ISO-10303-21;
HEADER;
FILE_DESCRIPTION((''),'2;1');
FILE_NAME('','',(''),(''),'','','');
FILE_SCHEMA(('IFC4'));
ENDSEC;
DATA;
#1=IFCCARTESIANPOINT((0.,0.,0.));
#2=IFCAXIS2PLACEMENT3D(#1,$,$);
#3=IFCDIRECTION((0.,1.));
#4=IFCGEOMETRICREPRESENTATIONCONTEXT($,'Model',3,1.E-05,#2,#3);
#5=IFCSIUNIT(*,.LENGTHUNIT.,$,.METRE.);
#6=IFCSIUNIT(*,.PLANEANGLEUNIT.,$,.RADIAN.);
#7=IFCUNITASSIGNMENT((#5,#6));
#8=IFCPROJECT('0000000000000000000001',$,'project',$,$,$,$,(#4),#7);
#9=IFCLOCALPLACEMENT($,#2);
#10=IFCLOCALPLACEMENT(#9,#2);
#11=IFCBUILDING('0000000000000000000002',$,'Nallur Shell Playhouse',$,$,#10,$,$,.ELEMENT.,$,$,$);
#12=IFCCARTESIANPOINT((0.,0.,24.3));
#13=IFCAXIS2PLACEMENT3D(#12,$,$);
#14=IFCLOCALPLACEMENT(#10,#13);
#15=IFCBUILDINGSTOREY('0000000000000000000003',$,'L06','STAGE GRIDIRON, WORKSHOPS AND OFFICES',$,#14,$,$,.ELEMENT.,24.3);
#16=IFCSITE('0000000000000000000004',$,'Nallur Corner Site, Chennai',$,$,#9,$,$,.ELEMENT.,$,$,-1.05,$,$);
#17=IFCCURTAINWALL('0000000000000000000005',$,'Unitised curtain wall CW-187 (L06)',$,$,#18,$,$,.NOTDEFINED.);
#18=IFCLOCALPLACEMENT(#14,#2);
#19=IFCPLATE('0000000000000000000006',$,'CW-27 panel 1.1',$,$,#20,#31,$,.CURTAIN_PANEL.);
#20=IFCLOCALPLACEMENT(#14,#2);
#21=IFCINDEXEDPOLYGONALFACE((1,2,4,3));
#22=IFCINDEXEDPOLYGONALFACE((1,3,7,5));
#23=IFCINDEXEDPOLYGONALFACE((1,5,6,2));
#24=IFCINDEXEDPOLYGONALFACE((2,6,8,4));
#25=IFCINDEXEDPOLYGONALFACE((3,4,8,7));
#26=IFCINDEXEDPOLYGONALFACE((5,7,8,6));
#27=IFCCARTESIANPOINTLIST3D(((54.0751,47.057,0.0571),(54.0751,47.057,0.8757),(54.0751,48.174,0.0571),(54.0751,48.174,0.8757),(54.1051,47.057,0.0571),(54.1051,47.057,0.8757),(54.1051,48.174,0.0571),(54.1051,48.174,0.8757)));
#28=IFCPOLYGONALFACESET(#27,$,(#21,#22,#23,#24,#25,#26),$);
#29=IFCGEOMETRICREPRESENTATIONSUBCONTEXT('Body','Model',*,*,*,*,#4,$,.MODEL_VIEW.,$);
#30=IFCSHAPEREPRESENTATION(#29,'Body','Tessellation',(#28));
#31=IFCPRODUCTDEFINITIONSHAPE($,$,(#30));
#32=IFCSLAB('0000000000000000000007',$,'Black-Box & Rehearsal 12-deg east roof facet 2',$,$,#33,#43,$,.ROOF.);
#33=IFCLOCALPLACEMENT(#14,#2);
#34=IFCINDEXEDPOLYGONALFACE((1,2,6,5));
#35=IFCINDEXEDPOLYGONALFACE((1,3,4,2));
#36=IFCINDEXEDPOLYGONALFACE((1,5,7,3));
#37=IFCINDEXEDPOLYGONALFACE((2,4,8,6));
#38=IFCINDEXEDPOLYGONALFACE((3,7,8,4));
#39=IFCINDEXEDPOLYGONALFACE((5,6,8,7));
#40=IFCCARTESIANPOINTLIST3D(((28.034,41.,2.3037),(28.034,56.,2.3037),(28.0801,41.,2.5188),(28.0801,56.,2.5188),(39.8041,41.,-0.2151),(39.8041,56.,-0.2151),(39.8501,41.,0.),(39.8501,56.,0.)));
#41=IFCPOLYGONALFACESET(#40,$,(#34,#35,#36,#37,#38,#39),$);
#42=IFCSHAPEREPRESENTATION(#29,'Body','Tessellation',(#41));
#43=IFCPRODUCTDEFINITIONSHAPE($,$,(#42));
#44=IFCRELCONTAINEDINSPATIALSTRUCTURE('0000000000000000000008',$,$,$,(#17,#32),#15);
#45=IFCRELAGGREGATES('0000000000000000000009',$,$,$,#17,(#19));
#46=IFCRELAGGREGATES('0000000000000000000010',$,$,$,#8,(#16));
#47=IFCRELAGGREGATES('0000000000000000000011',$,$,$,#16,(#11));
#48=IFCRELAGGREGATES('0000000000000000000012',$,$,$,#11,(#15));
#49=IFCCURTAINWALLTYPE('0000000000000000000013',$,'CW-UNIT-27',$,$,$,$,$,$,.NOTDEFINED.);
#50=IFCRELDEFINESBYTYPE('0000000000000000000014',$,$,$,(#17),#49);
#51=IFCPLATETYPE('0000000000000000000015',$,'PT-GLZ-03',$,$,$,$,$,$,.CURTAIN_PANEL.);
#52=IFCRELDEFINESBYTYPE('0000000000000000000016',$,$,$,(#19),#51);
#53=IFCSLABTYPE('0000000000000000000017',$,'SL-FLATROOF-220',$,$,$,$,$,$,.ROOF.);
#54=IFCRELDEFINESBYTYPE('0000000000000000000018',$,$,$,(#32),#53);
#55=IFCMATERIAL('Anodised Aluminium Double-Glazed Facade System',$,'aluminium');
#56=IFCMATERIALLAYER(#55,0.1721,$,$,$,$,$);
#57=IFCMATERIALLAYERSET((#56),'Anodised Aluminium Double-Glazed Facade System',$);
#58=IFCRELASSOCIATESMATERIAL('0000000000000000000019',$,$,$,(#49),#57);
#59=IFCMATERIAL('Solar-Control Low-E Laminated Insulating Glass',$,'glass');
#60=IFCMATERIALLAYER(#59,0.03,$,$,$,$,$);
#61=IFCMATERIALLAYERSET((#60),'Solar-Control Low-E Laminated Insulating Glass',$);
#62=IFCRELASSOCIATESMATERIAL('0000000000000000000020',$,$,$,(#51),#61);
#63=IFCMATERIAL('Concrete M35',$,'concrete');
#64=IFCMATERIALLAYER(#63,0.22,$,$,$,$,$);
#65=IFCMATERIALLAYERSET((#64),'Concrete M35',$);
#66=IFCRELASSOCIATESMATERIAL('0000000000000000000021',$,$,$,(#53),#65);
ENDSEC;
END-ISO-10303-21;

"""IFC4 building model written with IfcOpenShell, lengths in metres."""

from ifc_helpers import new_model, si_unit, direction, frame, origin, origin_2d, place, context, subcontext, project, spatial, polyline, rectangle, outline, extrude, material, layer, layer_set, type_object, element, aggregate, save


model = new_model("IFC4")

# Units and contexts
model_context = context("Model", 3, precision=1e-05, world=origin(), true_north=direction((0.0, 1.0)))
body_context = subcontext(model_context, "Body", "Model", "MODEL_VIEW")
ifc_project = project(units=[si_unit("LENGTHUNIT", "METRE"), si_unit("PLANEANGLEUNIT", "RADIAN")], contexts=[model_context])

# Site, building, storey
site_placement = place(None, origin())
site = spatial("IfcSite", under=ifc_project, at=site_placement, Name="Nallur Corner Site, Chennai", CompositionType="ELEMENT", RefElevation=-1.05)
building_placement = place(site_placement, origin())
building = spatial("IfcBuilding", under=site, at=building_placement, Name="Nallur Shell Playhouse", CompositionType="ELEMENT")
storey_placement = place(building_placement, frame((0.0, 0.0, 24.3)))
storey = spatial("IfcBuildingStorey", under=building, at=storey_placement, Name="L06", Description="STAGE GRIDIRON, WORKSHOPS AND OFFICES", CompositionType="ELEMENT", Elevation=24.3)

# Curtain wall
ifc_material_1 = material(Name="Anodised Aluminium Double-Glazed Facade System", Category="aluminium")
ifc_layer_1 = layer(ifc_material_1, 0.1721)
ifc_layer_set_1 = layer_set([ifc_layer_1], Name="Anodised Aluminium Double-Glazed Facade System")
curtain_wall_type = type_object("IfcCurtainWallType", Name="CW-UNIT-27", PredefinedType="NOTDEFINED", material=ifc_layer_set_1)
curtain_wall_placement = place(storey_placement, origin())
curtain_wall = element("IfcCurtainWall", 1, at=curtain_wall_placement, inside=storey, type_object=curtain_wall_type, Name="Unitised curtain wall CW-187 (L06)", PredefinedType="NOTDEFINED")

# Plate
ifc_material_2 = material(Name="Solar-Control Low-E Laminated Insulating Glass", Category="glass")
ifc_layer_2 = layer(ifc_material_2, 0.03)
ifc_layer_set_2 = layer_set([ifc_layer_2], Name="Solar-Control Low-E Laminated Insulating Glass")
plate_type_1 = type_object("IfcPlateType", Name="PT-GLZ-03", PredefinedType="CURTAIN_PANEL", material=ifc_layer_set_2)
plate_placement = place(storey_placement, frame((54.0901, 47.6155, 0.0571), z_axis=(0.0, 0.0, 1.0), x_axis=(0.0, 1.0, 0.0)))
plate = element("IfcPlate", 2, at=plate_placement, type_object=plate_type_1, Name="CW-27 panel 1.1", PredefinedType="CURTAIN_PANEL", context=body_context, shape_type="SweptSolid", body=[
    extrude(rectangle(XDim=1.1169, YDim=0.03, at=origin_2d()), origin(), (0.0, 0.0, 1.0), 0.8186),
])
aggregate(curtain_wall, [plate])

# Slab
ifc_material_3 = material(Name="Concrete M35", Category="concrete")
ifc_layer_3 = layer(ifc_material_3, 0.22)
ifc_layer_set_3 = layer_set([ifc_layer_3], Name="Concrete M35")
slab_type = type_object("IfcSlabType", Name="SL-FLATROOF-220", PredefinedType="ROOF", material=ifc_layer_set_3)
slab_placement = place(storey_placement, frame((28.0801, 41.0, 2.5188), z_axis=(0.209263, 0.0, 0.977859), x_axis=(0.977859, 0.0, -0.209263)))
element("IfcSlab", 3, at=slab_placement, inside=storey, type_object=slab_type, Name="Black-Box & Rehearsal 12-deg east roof facet 2", PredefinedType="ROOF", context=body_context, shape_type="SweptSolid", body=[
    extrude(outline(polyline([(0.0, 0.0), (12.0365, 0.0), (12.0365, 15.0), (0.0, 15.0), (0.0, 0.0)])), origin(), (0.0, 0.0, -1.0), 0.22),
])

save(model, "model.ifc")
